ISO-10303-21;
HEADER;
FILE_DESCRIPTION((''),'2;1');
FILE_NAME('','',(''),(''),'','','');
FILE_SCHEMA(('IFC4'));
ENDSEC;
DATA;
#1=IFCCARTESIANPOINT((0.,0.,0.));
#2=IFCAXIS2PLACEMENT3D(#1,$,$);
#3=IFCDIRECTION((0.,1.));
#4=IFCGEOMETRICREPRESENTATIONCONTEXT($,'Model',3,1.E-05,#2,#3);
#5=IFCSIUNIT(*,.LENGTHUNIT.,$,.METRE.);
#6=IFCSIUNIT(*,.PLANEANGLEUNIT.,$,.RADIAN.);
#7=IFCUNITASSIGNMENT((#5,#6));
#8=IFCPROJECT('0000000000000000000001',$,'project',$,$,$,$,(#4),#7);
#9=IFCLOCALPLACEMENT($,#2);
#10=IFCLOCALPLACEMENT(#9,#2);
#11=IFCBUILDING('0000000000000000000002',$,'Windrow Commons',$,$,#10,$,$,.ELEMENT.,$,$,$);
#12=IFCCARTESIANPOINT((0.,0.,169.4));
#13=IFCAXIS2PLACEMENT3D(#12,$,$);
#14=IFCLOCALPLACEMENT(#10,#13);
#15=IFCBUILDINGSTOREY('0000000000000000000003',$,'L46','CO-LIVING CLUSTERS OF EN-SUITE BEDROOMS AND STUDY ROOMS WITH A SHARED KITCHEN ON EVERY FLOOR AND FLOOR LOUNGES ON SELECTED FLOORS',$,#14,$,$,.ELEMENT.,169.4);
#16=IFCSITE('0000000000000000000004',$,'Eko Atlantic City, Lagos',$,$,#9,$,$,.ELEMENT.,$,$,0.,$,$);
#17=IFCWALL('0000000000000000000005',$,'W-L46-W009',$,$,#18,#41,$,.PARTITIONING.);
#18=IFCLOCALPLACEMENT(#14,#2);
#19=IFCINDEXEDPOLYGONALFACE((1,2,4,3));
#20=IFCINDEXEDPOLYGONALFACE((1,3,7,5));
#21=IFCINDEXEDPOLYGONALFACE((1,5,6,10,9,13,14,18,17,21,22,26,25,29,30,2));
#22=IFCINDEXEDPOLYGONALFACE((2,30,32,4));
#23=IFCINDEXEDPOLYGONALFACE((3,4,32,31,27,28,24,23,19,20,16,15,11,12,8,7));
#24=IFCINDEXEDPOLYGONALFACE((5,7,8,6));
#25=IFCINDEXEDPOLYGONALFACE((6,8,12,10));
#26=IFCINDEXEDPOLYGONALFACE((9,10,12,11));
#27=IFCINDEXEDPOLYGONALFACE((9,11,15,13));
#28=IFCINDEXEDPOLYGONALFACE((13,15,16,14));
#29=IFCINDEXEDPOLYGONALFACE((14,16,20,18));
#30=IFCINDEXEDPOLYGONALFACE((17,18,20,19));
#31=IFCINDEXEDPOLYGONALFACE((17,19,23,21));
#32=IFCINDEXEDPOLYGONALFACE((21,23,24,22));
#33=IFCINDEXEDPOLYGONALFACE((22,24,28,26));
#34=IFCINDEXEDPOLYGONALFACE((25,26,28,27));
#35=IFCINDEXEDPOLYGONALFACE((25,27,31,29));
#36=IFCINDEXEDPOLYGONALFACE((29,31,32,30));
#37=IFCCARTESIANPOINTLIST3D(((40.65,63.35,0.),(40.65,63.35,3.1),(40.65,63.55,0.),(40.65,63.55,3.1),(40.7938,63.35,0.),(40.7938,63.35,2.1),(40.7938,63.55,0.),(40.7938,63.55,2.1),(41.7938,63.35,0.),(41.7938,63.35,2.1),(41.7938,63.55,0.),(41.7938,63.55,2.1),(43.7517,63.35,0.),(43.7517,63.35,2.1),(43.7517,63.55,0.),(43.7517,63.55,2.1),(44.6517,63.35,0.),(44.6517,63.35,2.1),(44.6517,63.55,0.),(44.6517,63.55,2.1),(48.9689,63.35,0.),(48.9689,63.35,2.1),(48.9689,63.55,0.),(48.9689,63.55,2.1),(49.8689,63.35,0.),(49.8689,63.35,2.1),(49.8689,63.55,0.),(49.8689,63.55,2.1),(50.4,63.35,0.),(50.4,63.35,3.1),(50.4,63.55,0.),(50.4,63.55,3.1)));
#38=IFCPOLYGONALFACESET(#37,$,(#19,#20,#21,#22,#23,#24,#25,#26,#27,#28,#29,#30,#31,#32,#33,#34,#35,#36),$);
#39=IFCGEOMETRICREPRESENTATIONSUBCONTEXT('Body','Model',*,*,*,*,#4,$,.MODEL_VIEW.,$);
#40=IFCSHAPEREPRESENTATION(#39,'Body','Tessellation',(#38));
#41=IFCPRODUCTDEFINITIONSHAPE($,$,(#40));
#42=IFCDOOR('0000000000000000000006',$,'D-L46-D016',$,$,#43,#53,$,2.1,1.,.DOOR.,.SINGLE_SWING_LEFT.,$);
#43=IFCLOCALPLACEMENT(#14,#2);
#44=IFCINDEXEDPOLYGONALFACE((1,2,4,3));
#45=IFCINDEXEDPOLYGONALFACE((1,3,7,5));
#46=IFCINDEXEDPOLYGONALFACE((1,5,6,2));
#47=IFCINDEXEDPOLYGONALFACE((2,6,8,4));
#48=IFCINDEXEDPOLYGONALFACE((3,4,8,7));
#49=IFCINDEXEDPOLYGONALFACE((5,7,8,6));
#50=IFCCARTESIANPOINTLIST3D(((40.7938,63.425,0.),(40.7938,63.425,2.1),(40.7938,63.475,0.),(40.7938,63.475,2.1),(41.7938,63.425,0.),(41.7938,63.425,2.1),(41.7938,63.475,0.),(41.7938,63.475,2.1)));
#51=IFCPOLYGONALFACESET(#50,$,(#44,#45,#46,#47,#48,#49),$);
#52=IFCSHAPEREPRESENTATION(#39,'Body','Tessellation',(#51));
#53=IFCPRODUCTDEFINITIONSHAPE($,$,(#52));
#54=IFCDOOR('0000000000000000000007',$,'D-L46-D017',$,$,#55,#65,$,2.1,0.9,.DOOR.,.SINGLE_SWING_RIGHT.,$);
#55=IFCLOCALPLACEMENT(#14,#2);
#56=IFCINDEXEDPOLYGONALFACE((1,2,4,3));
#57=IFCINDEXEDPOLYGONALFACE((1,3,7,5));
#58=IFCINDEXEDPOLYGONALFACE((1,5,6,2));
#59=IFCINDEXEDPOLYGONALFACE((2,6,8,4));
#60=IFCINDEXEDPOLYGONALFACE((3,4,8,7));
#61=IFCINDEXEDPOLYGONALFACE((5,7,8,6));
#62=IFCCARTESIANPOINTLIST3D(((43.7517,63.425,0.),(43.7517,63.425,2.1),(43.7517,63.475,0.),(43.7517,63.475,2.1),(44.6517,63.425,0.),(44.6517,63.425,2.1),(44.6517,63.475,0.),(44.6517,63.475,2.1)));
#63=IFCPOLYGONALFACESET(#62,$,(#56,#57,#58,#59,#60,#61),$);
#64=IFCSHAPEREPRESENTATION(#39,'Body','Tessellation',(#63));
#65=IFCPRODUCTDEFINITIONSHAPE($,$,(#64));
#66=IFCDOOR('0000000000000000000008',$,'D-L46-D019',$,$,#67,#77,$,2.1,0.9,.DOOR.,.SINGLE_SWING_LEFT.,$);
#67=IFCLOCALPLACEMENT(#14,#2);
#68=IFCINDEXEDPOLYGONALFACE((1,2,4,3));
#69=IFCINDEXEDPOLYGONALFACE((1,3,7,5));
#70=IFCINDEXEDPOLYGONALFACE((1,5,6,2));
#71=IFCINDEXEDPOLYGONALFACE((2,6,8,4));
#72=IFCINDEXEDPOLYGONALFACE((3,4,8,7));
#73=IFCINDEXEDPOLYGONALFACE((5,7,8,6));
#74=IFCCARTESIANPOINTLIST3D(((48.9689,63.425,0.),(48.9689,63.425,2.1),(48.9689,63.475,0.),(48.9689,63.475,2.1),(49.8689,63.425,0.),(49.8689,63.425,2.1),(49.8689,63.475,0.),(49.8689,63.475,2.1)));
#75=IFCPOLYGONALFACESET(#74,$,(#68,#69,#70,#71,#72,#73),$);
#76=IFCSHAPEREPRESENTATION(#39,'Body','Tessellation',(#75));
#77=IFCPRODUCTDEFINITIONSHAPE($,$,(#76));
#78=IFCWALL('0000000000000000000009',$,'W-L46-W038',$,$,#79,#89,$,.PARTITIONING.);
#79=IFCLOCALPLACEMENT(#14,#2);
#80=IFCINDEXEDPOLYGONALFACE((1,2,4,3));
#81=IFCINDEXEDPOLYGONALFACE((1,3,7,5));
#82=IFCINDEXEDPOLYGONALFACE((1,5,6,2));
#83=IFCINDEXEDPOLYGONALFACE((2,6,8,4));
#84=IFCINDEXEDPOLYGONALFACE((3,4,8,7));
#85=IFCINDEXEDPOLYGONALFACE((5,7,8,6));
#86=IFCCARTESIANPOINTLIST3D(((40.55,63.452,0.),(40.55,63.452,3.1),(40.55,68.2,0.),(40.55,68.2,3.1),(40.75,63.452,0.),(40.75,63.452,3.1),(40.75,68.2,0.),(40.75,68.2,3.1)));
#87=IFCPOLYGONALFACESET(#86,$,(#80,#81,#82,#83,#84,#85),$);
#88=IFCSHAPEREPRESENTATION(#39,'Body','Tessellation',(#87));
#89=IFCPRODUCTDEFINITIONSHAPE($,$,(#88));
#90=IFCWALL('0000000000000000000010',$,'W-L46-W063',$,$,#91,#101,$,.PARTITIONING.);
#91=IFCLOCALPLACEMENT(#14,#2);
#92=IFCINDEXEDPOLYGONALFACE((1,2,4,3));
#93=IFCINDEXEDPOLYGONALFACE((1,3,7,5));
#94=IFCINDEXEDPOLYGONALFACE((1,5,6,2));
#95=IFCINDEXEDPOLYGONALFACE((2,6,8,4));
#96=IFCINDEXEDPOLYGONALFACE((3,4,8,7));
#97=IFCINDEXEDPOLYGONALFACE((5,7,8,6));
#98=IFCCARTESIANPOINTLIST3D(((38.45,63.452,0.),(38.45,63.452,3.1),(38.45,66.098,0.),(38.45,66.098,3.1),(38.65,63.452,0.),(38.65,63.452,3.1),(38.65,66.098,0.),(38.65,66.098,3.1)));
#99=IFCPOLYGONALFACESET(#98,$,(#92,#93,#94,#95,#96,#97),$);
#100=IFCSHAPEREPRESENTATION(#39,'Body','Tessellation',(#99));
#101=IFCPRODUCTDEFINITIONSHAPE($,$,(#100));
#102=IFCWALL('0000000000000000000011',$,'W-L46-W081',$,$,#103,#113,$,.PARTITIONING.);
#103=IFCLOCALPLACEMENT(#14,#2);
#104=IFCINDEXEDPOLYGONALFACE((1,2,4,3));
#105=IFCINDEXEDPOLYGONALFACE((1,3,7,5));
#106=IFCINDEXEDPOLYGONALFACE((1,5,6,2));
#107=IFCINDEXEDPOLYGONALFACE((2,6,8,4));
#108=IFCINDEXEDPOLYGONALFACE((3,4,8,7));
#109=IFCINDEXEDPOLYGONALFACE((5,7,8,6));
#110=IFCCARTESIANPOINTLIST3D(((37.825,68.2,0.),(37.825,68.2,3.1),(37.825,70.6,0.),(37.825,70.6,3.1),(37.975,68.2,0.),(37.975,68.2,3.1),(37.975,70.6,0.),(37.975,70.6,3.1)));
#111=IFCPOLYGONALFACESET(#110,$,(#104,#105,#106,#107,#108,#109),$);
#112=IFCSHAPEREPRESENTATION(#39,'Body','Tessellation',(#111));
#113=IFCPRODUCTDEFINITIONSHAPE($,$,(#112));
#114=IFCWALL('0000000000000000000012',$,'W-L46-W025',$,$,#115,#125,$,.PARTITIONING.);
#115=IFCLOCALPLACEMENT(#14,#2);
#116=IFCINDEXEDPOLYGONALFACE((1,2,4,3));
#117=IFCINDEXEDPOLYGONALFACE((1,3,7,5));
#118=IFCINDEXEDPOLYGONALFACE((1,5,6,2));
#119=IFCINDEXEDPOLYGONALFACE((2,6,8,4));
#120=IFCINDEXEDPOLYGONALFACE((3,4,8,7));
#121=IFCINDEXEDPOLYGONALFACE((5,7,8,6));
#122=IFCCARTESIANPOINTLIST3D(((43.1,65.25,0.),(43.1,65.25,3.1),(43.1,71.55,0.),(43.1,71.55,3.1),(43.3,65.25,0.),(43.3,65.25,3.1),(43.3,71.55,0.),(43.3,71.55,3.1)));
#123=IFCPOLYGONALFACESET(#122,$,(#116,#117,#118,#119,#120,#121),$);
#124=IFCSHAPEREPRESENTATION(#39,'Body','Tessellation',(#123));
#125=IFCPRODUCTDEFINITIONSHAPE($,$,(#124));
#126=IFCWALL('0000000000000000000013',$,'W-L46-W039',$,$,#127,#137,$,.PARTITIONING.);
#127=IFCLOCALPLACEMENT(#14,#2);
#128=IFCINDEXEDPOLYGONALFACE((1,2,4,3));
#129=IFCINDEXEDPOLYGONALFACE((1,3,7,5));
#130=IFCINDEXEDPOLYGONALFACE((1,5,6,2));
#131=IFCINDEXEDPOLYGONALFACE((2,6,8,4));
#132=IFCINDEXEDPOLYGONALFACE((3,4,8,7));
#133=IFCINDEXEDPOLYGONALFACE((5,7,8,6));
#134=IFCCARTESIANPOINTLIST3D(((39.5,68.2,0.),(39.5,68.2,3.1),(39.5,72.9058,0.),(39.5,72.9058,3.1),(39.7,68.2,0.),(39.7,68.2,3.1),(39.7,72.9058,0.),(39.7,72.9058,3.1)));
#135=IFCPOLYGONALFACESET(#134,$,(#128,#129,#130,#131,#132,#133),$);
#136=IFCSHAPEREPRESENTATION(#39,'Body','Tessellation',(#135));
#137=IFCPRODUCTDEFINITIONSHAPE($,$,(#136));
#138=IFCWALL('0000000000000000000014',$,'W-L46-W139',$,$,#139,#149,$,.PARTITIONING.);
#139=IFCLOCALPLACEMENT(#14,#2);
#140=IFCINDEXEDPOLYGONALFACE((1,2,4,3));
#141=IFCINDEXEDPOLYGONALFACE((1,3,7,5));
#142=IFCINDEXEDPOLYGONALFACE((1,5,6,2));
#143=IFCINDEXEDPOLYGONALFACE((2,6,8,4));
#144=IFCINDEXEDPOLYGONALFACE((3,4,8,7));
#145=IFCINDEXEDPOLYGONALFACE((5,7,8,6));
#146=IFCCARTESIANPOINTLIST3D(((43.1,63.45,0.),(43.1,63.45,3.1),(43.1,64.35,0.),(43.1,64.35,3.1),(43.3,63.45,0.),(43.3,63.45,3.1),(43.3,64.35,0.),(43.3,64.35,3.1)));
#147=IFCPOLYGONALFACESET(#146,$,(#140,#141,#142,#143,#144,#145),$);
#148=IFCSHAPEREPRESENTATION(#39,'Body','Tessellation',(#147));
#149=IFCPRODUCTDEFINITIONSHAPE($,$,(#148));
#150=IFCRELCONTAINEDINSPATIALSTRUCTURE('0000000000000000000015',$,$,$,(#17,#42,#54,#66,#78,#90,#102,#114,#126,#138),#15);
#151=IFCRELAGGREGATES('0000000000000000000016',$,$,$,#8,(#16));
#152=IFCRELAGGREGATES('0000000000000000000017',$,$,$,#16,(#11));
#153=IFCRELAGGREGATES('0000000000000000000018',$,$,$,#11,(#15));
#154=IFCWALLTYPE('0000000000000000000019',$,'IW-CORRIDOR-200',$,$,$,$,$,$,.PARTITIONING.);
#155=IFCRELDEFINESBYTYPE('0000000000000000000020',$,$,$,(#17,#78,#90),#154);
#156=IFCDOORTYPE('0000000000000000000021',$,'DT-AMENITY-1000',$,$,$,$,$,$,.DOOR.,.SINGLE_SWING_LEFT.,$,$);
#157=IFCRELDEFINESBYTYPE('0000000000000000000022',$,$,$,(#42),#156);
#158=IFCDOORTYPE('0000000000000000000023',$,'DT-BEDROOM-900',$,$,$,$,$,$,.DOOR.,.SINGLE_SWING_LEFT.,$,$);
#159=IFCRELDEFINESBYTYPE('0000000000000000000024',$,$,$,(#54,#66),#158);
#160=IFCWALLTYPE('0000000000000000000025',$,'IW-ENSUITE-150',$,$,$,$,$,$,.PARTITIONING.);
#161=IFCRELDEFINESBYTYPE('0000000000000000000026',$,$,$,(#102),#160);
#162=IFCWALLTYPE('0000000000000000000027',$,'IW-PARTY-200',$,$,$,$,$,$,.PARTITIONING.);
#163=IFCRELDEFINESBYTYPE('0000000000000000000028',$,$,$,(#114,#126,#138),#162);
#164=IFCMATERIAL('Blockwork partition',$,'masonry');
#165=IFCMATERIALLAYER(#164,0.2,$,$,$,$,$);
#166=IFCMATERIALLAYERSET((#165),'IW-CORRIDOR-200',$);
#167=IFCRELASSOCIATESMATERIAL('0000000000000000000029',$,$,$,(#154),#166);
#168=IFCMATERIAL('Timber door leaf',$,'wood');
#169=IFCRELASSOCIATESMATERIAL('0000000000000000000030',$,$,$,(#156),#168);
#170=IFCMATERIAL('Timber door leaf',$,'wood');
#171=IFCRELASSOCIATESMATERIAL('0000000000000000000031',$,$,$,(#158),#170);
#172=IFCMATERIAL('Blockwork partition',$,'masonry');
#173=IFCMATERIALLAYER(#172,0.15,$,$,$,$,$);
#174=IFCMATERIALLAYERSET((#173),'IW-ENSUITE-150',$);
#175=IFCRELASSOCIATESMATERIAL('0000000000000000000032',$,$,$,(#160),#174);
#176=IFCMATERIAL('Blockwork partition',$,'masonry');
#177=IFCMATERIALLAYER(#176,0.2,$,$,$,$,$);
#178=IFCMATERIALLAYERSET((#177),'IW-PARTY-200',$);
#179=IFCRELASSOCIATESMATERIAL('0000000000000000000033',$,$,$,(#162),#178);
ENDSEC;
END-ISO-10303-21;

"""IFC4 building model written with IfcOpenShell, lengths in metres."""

from ifc_helpers import new_model, si_unit, direction, frame, frame_2d, origin, place, context, subcontext, project, spatial, rectangle, extrude, material, layer, layer_set, type_object, element, fill, save


model = new_model("IFC4")

# Units and contexts
model_context = context("Model", 3, precision=1e-05, world=origin(), true_north=direction((0.0, 1.0)))
body_context = subcontext(model_context, "Body", "Model", "MODEL_VIEW")
ifc_project = project(units=[si_unit("LENGTHUNIT", "METRE"), si_unit("PLANEANGLEUNIT", "RADIAN")], contexts=[model_context])

# Site, building, storey
site_placement = place(None, origin())
site = spatial("IfcSite", under=ifc_project, at=site_placement, Name="Eko Atlantic City, Lagos", CompositionType="ELEMENT", RefElevation=0.0)
building_placement = place(site_placement, origin())
building = spatial("IfcBuilding", under=site, at=building_placement, Name="Windrow Commons", CompositionType="ELEMENT")
storey_placement = place(building_placement, frame((0.0, 0.0, 169.4)))
storey = spatial("IfcBuildingStorey", under=building, at=storey_placement, Name="L46", Description="CO-LIVING CLUSTERS OF EN-SUITE BEDROOMS AND STUDY ROOMS WITH A SHARED KITCHEN ON EVERY FLOOR AND FLOOR LOUNGES ON SELECTED FLOORS", CompositionType="ELEMENT", Elevation=169.4)

# Wall, openings, doors
ifc_material_1 = material(Name="Blockwork partition", Category="masonry")
ifc_layer_1 = layer(ifc_material_1, 0.2)
ifc_layer_set_1 = layer_set([ifc_layer_1], Name="IW-CORRIDOR-200")
wall_type_1 = type_object("IfcWallType", Name="IW-CORRIDOR-200", PredefinedType="PARTITIONING", material=ifc_layer_set_1)
wall_1_placement = place(storey_placement, frame((40.65, 63.45, 0.0), z_axis=(0.0, 0.0, 1.0), x_axis=(1.0, 0.0, 0.0)))
wall_1 = element("IfcWall", 1, at=wall_1_placement, inside=storey, type_object=wall_type_1, Name="W-L46-W009", PredefinedType="PARTITIONING", context=body_context, shape_type="SweptSolid", body=[
    extrude(rectangle(XDim=9.75, YDim=0.2, at=frame_2d((4.875, 0.0))), origin(), (0.0, 0.0, 1.0), 3.1),
])
opening_1_placement = place(wall_1_placement, frame((0.1438, 0.0, 0.0)))
opening_1 = element("IfcOpeningElement", 2, at=opening_1_placement, cuts=wall_1, PredefinedType="OPENING", context=body_context, shape_type="SweptSolid", body=[
    extrude(rectangle(XDim=1.0, YDim=2.1, at=frame_2d((0.5, 1.05))), frame((0.0, 0.11, 0.0), z_axis=(0.0, -1.0, 0.0), x_axis=(1.0, 0.0, 0.0)), (0.0, 0.0, 1.0), 0.22),
])
opening_2_placement = place(wall_1_placement, frame((3.1017, 0.0, 0.0)))
opening_2 = element("IfcOpeningElement", 3, at=opening_2_placement, cuts=wall_1, PredefinedType="OPENING", context=body_context, shape_type="SweptSolid", body=[
    extrude(rectangle(XDim=0.9, YDim=2.1, at=frame_2d((0.45, 1.05))), frame((0.0, 0.11, 0.0), z_axis=(0.0, -1.0, 0.0), x_axis=(1.0, 0.0, 0.0)), (0.0, 0.0, 1.0), 0.22),
])
opening_3_placement = place(wall_1_placement, frame((8.3189, 0.0, 0.0)))
opening_3 = element("IfcOpeningElement", 4, at=opening_3_placement, cuts=wall_1, PredefinedType="OPENING", context=body_context, shape_type="SweptSolid", body=[
    extrude(rectangle(XDim=0.9, YDim=2.1, at=frame_2d((0.45, 1.05))), frame((0.0, 0.11, 0.0), z_axis=(0.0, -1.0, 0.0), x_axis=(1.0, 0.0, 0.0)), (0.0, 0.0, 1.0), 0.22),
])
ifc_material_2 = material(Name="Timber door leaf", Category="wood")
door_type_1 = type_object("IfcDoorType", Name="DT-AMENITY-1000", OperationType="SINGLE_SWING_LEFT", PredefinedType="DOOR", material=ifc_material_2)
door_1_placement = place(opening_1_placement, origin())
door_1 = element("IfcDoor", 5, at=door_1_placement, inside=storey, type_object=door_type_1, Name="D-L46-D016", OperationType="SINGLE_SWING_LEFT", OverallHeight=2.1, OverallWidth=1.0, PredefinedType="DOOR", context=body_context, shape_type="SweptSolid", body=[
    extrude(rectangle(XDim=1.0, YDim=2.1, at=frame_2d((0.5, 1.05))), frame((0.0, 0.025, 0.0), z_axis=(0.0, -1.0, 0.0), x_axis=(1.0, 0.0, 0.0)), (0.0, 0.0, 1.0), 0.05),
])
fill(opening_1, door_1)
ifc_material_3 = material(Name="Timber door leaf", Category="wood")
door_type_2 = type_object("IfcDoorType", Name="DT-BEDROOM-900", OperationType="SINGLE_SWING_LEFT", PredefinedType="DOOR", material=ifc_material_3)
door_2_placement = place(opening_2_placement, origin())
door_2 = element("IfcDoor", 6, at=door_2_placement, inside=storey, type_object=door_type_2, Name="D-L46-D017", OperationType="SINGLE_SWING_RIGHT", OverallHeight=2.1, OverallWidth=0.9, PredefinedType="DOOR", context=body_context, shape_type="SweptSolid", body=[
    extrude(rectangle(XDim=0.9, YDim=2.1, at=frame_2d((0.45, 1.05))), frame((0.0, 0.025, 0.0), z_axis=(0.0, -1.0, 0.0), x_axis=(1.0, 0.0, 0.0)), (0.0, 0.0, 1.0), 0.05),
])
fill(opening_2, door_2)
door_3_placement = place(opening_3_placement, origin())
door_3 = element("IfcDoor", 7, at=door_3_placement, inside=storey, type_object=door_type_2, Name="D-L46-D019", OperationType="SINGLE_SWING_LEFT", OverallHeight=2.1, OverallWidth=0.9, PredefinedType="DOOR", context=body_context, shape_type="SweptSolid", body=[
    extrude(rectangle(XDim=0.9, YDim=2.1, at=frame_2d((0.45, 1.05))), frame((0.0, 0.025, 0.0), z_axis=(0.0, -1.0, 0.0), x_axis=(1.0, 0.0, 0.0)), (0.0, 0.0, 1.0), 0.05),
])
fill(opening_3, door_3)

# Walls
wall_2_placement = place(storey_placement, frame((40.65, 63.452, 0.0), z_axis=(0.0, 0.0, 1.0), x_axis=(0.0, 1.0, 0.0)))
element("IfcWall", 8, at=wall_2_placement, inside=storey, type_object=wall_type_1, Name="W-L46-W038", PredefinedType="PARTITIONING", context=body_context, shape_type="SweptSolid", body=[
    extrude(rectangle(XDim=4.748, YDim=0.2, at=frame_2d((2.374, 0.0))), origin(), (0.0, 0.0, 1.0), 3.1),
])
wall_3_placement = place(storey_placement, frame((38.55, 63.452, 0.0), z_axis=(0.0, 0.0, 1.0), x_axis=(0.0, 1.0, 0.0)))
element("IfcWall", 9, at=wall_3_placement, inside=storey, type_object=wall_type_1, Name="W-L46-W063", PredefinedType="PARTITIONING", context=body_context, shape_type="SweptSolid", body=[
    extrude(rectangle(XDim=2.646, YDim=0.2, at=frame_2d((1.323, 0.0))), origin(), (0.0, 0.0, 1.0), 3.1),
])
ifc_material_4 = material(Name="Blockwork partition", Category="masonry")
ifc_layer_2 = layer(ifc_material_4, 0.15)
ifc_layer_set_2 = layer_set([ifc_layer_2], Name="IW-ENSUITE-150")
wall_type_2 = type_object("IfcWallType", Name="IW-ENSUITE-150", PredefinedType="PARTITIONING", material=ifc_layer_set_2)
wall_4_placement = place(storey_placement, frame((37.9, 68.2, 0.0), z_axis=(0.0, 0.0, 1.0), x_axis=(0.0, 1.0, 0.0)))
element("IfcWall", 10, at=wall_4_placement, inside=storey, type_object=wall_type_2, Name="W-L46-W081", PredefinedType="PARTITIONING", context=body_context, shape_type="SweptSolid", body=[
    extrude(rectangle(XDim=2.4, YDim=0.15, at=frame_2d((1.2, 0.0))), origin(), (0.0, 0.0, 1.0), 3.1),
])
ifc_material_5 = material(Name="Blockwork partition", Category="masonry")
ifc_layer_3 = layer(ifc_material_5, 0.2)
ifc_layer_set_3 = layer_set([ifc_layer_3], Name="IW-PARTY-200")
wall_type_3 = type_object("IfcWallType", Name="IW-PARTY-200", PredefinedType="PARTITIONING", material=ifc_layer_set_3)
wall_5_placement = place(storey_placement, frame((43.2, 65.25, 0.0), z_axis=(0.0, 0.0, 1.0), x_axis=(0.0, 1.0, 0.0)))
element("IfcWall", 11, at=wall_5_placement, inside=storey, type_object=wall_type_3, Name="W-L46-W025", PredefinedType="PARTITIONING", context=body_context, shape_type="SweptSolid", body=[
    extrude(rectangle(XDim=6.3, YDim=0.2, at=frame_2d((3.15, 0.0))), origin(), (0.0, 0.0, 1.0), 3.1),
])
wall_6_placement = place(storey_placement, frame((39.6, 68.2, 0.0), z_axis=(0.0, 0.0, 1.0), x_axis=(0.0, 1.0, 0.0)))
element("IfcWall", 12, at=wall_6_placement, inside=storey, type_object=wall_type_3, Name="W-L46-W039", PredefinedType="PARTITIONING", context=body_context, shape_type="SweptSolid", body=[
    extrude(rectangle(XDim=4.7059, YDim=0.2, at=frame_2d((2.3529, 0.0))), origin(), (0.0, 0.0, 1.0), 3.1),
])
wall_7_placement = place(storey_placement, frame((43.2, 63.45, 0.0), z_axis=(0.0, 0.0, 1.0), x_axis=(0.0, 1.0, 0.0)))
element("IfcWall", 13, at=wall_7_placement, inside=storey, type_object=wall_type_3, Name="W-L46-W139", PredefinedType="PARTITIONING", context=body_context, shape_type="SweptSolid", body=[
    extrude(rectangle(XDim=0.9, YDim=0.2, at=frame_2d((0.45, 0.0))), origin(), (0.0, 0.0, 1.0), 3.1),
])

save(model, "model.ifc")
